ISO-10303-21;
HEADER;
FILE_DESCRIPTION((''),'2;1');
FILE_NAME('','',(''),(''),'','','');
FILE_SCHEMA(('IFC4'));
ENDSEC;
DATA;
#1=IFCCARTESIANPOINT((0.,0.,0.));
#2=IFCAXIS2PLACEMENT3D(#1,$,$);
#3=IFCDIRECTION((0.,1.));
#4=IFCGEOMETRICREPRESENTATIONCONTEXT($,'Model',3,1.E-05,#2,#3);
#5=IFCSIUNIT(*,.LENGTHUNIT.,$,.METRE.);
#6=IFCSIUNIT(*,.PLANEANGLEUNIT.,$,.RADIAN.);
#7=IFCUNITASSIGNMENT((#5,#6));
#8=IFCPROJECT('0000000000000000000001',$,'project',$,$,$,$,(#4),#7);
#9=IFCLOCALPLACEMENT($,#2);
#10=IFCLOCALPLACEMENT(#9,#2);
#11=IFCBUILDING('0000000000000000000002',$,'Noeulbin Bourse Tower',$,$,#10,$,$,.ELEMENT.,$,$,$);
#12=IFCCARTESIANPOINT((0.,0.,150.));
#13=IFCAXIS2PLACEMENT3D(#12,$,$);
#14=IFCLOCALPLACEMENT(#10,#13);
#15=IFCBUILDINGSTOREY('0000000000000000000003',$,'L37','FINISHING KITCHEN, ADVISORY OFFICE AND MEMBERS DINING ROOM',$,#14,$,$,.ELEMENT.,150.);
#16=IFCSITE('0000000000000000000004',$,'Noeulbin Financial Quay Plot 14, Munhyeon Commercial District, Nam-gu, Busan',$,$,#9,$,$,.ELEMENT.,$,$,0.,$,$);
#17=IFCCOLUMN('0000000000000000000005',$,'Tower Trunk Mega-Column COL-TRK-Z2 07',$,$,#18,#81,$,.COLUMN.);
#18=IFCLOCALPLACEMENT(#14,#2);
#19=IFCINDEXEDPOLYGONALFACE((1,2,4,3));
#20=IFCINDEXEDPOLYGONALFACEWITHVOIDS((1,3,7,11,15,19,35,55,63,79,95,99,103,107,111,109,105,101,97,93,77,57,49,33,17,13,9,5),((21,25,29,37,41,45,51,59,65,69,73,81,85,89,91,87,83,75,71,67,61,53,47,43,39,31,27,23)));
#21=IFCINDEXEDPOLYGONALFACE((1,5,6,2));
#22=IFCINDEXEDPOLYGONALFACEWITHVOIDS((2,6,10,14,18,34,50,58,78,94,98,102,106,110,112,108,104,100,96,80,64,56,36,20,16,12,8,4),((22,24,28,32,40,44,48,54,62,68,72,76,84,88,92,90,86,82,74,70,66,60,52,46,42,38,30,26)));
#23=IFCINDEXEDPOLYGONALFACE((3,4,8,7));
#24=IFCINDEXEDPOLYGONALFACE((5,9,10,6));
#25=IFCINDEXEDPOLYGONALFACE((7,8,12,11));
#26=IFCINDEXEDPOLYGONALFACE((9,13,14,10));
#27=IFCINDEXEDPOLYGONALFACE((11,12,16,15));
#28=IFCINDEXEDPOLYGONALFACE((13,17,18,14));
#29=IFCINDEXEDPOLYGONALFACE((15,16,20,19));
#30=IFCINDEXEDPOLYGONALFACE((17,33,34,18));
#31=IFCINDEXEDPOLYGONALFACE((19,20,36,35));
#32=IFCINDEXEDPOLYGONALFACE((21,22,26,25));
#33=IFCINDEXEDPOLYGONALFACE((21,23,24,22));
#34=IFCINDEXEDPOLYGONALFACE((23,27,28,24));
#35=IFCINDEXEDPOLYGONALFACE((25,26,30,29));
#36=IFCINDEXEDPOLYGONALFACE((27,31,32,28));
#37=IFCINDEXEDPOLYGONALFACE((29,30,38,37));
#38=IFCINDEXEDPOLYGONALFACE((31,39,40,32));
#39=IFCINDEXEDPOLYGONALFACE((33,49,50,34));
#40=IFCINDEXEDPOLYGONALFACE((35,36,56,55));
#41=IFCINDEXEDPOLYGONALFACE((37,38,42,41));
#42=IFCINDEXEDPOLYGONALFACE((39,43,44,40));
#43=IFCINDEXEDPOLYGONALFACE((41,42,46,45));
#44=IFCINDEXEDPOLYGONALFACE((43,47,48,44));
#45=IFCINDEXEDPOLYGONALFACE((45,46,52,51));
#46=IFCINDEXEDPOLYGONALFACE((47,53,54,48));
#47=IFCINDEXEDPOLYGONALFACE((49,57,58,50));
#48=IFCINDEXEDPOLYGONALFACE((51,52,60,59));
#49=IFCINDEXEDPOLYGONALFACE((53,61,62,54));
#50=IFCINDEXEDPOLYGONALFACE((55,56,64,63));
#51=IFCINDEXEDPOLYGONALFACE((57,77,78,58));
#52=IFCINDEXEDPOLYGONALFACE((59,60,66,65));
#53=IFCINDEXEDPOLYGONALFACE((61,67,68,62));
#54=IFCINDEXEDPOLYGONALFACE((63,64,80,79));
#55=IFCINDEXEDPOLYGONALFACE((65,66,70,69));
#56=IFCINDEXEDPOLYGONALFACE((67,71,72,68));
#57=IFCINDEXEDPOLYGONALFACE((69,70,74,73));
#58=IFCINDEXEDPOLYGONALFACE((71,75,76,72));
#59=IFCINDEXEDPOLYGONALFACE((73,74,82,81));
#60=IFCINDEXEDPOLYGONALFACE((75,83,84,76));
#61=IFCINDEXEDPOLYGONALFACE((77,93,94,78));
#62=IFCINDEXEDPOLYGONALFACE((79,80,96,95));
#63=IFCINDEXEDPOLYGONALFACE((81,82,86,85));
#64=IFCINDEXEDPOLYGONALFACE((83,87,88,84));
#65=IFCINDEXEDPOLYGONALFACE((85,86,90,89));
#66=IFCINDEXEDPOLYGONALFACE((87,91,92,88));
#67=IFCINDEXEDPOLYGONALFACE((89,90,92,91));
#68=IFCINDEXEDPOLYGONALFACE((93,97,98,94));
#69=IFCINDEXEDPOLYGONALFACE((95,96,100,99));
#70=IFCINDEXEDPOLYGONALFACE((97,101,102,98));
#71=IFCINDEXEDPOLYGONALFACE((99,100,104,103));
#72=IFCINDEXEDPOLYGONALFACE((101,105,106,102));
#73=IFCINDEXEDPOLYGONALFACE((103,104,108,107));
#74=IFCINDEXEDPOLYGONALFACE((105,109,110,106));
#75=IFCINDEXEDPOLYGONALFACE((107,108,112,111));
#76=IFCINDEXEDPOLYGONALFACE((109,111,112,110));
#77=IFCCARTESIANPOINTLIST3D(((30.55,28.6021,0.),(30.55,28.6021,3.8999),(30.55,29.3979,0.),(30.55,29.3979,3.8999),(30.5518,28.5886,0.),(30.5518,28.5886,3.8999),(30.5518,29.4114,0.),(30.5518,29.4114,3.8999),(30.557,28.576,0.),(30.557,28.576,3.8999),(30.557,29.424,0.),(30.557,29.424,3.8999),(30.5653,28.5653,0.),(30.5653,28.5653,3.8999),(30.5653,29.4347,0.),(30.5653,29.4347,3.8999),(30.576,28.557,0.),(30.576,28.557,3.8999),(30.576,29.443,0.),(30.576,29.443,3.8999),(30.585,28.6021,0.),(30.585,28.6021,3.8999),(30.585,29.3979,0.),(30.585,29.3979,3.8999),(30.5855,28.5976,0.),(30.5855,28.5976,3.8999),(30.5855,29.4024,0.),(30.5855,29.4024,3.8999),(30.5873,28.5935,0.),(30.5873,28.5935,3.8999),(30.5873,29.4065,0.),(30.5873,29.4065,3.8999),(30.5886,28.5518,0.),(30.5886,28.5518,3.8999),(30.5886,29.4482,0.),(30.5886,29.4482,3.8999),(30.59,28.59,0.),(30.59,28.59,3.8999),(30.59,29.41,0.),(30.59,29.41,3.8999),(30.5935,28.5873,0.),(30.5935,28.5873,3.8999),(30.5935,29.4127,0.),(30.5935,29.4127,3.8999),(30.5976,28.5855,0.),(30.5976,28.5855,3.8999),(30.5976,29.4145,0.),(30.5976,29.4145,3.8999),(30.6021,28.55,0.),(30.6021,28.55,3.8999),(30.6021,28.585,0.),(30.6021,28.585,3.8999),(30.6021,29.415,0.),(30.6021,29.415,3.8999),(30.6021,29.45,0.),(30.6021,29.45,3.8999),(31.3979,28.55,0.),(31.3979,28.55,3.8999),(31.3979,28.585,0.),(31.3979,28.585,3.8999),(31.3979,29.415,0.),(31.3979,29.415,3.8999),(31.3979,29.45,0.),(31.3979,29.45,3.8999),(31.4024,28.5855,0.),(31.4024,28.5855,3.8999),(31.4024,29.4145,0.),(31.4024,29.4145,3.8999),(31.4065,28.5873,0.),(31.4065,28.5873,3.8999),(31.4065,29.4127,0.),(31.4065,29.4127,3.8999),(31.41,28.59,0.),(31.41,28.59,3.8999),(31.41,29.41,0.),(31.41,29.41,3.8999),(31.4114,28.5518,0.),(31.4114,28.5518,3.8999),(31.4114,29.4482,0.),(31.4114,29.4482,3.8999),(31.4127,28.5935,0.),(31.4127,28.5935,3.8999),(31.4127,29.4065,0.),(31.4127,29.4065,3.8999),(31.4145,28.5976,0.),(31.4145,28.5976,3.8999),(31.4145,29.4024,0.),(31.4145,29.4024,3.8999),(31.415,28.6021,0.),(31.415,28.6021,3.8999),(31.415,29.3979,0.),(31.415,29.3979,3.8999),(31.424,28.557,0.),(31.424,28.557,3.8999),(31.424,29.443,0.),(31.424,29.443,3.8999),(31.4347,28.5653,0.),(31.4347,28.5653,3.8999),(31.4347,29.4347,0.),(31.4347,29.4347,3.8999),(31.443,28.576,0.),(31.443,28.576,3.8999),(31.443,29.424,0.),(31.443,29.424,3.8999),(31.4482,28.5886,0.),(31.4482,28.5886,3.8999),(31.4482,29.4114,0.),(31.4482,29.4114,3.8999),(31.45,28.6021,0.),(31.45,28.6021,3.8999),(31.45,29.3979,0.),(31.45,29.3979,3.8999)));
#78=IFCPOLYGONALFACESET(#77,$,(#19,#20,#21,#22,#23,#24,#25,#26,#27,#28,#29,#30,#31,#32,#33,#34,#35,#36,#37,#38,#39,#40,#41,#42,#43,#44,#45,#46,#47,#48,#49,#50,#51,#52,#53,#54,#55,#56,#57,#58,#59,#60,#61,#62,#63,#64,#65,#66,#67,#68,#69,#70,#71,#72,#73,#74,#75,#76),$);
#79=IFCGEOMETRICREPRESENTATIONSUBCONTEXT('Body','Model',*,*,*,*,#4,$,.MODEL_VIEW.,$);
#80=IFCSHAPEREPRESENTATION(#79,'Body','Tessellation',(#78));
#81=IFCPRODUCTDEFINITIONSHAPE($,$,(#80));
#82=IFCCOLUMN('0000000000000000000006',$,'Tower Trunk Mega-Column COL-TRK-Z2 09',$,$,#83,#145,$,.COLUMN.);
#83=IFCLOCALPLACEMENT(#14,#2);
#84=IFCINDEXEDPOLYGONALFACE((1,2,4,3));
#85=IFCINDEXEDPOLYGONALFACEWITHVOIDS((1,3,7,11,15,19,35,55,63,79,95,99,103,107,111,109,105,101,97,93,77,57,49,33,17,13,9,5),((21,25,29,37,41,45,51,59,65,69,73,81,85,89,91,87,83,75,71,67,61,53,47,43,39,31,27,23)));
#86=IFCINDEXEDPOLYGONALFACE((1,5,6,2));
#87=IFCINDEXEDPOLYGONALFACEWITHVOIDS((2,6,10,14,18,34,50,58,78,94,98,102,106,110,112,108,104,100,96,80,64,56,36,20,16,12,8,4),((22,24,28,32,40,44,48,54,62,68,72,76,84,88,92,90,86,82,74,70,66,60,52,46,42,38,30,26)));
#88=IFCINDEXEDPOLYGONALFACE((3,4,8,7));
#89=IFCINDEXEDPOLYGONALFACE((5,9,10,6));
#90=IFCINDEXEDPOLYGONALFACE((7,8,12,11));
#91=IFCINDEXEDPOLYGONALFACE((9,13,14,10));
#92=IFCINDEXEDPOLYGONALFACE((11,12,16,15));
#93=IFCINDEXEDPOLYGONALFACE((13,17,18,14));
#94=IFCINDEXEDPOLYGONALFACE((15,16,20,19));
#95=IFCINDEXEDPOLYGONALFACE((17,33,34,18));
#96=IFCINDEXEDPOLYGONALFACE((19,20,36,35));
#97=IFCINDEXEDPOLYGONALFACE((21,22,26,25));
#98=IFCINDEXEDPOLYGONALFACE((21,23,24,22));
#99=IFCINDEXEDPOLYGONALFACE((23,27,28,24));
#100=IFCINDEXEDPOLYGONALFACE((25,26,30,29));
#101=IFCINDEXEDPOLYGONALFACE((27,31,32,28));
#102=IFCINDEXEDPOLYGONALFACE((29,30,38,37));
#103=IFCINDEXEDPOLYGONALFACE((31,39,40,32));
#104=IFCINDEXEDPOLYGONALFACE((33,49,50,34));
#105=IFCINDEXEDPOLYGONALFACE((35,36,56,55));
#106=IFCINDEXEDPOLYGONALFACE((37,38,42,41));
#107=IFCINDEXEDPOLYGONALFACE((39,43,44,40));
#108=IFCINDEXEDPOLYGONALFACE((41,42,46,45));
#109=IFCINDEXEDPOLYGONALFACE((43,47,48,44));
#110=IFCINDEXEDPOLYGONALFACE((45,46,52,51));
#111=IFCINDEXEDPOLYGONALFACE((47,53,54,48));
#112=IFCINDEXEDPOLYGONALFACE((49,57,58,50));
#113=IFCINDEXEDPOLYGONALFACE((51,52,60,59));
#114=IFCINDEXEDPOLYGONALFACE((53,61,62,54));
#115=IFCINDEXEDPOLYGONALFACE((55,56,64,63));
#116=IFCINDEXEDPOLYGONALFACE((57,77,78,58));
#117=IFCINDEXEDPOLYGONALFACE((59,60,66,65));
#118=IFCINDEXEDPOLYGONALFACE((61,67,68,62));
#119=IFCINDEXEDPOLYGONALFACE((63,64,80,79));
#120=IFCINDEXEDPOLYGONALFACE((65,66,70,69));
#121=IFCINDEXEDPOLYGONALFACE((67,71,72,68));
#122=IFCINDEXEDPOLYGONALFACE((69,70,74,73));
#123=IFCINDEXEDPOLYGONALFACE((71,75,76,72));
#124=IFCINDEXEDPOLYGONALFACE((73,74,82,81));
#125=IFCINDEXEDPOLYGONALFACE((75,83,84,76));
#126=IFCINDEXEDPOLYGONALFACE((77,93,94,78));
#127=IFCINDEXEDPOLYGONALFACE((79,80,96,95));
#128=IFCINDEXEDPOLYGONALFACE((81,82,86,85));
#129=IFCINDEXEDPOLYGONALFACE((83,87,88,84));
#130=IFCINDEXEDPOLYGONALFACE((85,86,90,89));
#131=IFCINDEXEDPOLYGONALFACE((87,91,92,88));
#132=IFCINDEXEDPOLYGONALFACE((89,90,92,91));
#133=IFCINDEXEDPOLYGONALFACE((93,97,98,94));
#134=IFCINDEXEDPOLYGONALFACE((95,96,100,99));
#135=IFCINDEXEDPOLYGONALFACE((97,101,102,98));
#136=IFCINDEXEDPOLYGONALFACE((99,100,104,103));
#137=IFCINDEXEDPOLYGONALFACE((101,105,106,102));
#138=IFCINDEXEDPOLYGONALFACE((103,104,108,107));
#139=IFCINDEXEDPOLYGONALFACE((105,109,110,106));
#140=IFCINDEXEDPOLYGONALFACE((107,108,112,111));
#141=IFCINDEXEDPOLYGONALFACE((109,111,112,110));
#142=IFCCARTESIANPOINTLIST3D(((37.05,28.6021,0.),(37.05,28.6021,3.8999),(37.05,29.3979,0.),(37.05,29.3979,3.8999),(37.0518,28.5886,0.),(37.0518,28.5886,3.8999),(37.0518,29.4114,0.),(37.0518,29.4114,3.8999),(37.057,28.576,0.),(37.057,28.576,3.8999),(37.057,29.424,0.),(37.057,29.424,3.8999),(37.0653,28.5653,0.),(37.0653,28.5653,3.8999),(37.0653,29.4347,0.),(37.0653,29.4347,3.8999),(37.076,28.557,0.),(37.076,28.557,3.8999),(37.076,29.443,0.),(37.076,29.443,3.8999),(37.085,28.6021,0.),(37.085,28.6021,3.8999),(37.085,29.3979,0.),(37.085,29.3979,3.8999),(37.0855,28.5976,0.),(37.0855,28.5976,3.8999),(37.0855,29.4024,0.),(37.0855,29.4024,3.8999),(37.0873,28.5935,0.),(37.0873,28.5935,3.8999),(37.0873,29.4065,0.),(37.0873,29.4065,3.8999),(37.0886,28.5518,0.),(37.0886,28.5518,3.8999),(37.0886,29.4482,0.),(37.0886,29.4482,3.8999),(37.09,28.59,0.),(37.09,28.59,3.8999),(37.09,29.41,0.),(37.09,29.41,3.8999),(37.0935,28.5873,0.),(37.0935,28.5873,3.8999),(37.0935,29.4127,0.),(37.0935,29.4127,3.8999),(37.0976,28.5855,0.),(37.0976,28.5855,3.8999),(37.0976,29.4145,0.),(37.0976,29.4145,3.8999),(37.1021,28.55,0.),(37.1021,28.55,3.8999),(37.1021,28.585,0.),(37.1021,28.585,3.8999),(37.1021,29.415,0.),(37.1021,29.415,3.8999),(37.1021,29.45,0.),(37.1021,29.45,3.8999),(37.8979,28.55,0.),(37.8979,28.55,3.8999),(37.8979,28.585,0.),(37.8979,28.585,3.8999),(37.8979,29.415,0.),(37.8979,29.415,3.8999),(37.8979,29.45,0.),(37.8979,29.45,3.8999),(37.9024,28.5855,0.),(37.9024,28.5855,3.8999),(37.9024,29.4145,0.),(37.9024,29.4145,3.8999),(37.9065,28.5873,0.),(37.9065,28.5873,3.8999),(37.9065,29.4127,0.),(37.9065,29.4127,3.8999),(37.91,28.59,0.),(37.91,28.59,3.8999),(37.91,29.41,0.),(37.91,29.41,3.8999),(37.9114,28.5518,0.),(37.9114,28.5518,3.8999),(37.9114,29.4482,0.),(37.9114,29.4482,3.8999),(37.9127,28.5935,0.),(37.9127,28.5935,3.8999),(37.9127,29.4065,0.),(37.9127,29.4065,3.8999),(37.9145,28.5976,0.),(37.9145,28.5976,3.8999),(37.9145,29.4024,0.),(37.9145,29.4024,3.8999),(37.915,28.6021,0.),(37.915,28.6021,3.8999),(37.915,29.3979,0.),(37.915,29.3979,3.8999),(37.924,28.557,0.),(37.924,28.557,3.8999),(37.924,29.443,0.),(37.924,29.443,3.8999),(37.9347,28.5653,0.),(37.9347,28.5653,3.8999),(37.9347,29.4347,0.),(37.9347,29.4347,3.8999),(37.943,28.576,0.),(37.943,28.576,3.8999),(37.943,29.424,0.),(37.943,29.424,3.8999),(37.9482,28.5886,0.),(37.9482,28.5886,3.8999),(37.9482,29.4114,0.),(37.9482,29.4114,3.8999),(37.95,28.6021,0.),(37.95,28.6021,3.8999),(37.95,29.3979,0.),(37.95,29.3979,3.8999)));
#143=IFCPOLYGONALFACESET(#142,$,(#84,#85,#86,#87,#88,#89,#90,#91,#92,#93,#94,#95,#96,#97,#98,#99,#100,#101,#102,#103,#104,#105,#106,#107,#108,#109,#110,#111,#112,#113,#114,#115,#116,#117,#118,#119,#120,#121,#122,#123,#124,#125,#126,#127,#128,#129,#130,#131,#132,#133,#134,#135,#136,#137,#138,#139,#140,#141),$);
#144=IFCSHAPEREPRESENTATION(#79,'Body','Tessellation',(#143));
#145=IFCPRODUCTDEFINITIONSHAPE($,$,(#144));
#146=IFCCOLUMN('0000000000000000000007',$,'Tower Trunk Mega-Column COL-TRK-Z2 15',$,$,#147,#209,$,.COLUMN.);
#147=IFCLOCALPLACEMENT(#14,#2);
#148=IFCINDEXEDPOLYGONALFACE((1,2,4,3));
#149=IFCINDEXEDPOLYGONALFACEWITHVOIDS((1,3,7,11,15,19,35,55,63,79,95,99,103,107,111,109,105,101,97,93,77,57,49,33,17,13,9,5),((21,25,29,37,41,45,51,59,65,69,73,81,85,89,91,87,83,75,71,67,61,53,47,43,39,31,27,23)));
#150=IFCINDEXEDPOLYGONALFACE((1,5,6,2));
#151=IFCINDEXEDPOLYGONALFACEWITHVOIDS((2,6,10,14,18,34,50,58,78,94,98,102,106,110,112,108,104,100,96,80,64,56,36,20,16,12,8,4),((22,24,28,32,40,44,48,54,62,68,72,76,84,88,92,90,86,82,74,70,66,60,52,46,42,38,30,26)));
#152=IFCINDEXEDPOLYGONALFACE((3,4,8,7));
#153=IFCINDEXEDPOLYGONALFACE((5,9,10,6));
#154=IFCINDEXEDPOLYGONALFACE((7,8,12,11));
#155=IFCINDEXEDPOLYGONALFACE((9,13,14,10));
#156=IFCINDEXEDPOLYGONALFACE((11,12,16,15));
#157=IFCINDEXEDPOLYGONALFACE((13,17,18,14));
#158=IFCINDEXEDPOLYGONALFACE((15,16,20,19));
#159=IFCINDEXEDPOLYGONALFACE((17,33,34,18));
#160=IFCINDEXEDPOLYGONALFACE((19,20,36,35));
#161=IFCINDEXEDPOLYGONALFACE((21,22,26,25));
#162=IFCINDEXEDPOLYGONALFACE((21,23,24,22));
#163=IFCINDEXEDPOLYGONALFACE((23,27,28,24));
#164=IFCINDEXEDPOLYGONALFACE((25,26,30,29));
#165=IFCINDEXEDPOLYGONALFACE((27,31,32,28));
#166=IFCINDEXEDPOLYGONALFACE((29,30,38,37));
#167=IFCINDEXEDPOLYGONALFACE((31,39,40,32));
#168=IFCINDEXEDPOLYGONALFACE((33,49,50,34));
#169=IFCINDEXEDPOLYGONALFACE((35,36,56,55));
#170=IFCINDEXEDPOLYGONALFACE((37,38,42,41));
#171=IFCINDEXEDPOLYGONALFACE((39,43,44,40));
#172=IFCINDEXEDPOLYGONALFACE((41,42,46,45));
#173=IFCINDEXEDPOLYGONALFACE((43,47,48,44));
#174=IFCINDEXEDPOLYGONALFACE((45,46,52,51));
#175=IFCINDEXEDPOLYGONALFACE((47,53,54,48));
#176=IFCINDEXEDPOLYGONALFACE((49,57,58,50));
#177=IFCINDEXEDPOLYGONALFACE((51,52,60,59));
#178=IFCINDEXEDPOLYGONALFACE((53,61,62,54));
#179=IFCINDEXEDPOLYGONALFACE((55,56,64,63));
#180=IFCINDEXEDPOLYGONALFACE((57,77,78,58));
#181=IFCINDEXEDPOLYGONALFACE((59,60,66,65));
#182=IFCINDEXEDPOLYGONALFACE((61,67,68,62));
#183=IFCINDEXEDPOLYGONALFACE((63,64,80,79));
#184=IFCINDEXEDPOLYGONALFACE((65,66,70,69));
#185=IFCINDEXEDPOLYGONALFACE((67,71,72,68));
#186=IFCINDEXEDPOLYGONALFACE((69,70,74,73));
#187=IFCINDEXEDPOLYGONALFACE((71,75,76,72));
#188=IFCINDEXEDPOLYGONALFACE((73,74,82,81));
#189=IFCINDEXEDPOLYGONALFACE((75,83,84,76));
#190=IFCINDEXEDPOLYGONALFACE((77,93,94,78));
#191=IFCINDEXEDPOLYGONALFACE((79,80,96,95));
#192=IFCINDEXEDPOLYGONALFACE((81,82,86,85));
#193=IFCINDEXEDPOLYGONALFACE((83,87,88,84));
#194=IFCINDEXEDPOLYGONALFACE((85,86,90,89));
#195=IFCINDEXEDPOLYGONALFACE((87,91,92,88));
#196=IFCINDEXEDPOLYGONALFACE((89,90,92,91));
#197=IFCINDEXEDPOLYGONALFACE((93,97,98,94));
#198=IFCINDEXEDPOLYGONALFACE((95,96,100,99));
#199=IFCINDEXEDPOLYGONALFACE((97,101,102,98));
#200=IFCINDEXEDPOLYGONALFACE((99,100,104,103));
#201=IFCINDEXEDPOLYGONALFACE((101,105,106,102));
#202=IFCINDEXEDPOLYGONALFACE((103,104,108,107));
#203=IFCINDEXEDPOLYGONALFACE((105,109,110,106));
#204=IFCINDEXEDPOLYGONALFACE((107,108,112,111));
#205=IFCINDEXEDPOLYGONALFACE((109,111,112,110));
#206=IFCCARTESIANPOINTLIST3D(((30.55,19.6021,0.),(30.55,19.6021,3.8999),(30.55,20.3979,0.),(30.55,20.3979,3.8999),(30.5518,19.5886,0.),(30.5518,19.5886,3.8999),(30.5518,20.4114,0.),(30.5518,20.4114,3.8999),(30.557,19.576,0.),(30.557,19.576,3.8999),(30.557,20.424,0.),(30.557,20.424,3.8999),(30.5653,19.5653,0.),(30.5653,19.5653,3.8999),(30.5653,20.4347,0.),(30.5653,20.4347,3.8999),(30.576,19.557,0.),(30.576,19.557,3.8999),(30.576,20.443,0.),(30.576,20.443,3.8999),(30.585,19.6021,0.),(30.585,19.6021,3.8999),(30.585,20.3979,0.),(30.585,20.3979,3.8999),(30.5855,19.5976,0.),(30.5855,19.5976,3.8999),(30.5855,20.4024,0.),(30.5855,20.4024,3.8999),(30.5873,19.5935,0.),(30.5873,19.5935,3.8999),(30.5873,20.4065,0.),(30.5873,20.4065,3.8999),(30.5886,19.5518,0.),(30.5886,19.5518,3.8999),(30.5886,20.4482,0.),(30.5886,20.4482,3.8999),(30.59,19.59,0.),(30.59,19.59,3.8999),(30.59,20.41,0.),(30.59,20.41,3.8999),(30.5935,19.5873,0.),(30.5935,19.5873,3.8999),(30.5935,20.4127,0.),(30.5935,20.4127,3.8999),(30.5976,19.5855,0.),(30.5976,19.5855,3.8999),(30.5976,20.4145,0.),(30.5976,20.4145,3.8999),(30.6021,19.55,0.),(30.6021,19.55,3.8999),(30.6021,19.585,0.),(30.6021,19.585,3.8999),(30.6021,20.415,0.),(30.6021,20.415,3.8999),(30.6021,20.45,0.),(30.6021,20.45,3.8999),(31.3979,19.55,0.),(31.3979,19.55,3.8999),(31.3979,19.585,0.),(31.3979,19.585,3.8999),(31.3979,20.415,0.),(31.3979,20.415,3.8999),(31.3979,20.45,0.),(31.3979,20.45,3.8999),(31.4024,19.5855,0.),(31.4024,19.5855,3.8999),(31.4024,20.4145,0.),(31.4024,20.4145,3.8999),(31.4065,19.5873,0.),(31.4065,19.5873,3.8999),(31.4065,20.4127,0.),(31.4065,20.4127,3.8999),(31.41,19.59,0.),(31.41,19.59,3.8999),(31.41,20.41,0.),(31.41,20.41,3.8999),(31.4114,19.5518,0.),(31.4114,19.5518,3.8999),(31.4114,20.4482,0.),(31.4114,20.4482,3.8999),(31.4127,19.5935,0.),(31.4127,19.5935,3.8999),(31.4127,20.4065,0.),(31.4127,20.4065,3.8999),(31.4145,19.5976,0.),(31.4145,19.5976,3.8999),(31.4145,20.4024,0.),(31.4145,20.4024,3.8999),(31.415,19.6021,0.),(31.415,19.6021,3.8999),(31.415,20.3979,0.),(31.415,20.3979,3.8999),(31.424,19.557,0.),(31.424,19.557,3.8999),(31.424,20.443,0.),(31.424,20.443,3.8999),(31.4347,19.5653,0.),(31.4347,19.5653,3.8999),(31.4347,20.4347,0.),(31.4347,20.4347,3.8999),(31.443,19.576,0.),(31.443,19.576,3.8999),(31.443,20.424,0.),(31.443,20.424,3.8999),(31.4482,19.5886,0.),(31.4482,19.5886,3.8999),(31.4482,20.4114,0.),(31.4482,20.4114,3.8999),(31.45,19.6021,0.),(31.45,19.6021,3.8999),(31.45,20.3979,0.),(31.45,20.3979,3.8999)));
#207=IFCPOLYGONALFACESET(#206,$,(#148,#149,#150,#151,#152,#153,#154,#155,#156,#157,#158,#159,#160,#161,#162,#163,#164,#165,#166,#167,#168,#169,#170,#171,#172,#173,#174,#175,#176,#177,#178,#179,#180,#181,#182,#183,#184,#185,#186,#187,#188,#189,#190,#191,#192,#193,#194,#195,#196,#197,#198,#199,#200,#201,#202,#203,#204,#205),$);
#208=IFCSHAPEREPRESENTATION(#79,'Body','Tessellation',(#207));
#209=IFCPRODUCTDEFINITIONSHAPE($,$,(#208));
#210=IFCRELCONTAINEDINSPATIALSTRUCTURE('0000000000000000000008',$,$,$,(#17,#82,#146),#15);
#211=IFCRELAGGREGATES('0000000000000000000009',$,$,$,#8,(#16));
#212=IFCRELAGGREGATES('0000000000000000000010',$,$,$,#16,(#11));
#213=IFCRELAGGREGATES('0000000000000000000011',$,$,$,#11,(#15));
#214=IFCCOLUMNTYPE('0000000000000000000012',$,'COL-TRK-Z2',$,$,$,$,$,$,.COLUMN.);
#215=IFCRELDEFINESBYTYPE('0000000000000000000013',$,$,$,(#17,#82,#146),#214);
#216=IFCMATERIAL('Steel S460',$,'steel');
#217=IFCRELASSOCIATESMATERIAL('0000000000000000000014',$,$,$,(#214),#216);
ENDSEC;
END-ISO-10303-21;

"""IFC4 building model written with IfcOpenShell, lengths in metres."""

from ifc_helpers import new_model, si_unit, direction, frame, origin, origin_2d, place, context, subcontext, project, spatial, hollow_rectangle, extrude, material, material_profile, profile_set, type_object, element, save


model = new_model("IFC4")

# Units and contexts
model_context = context("Model", 3, precision=1e-05, world=origin(), true_north=direction((0.0, 1.0)))
body_context = subcontext(model_context, "Body", "Model", "MODEL_VIEW")
ifc_project = project(units=[si_unit("LENGTHUNIT", "METRE"), si_unit("PLANEANGLEUNIT", "RADIAN")], contexts=[model_context])

# Site, building, storey
site_placement = place(None, origin())
site = spatial("IfcSite", under=ifc_project, at=site_placement, Name="Noeulbin Financial Quay Plot 14, Munhyeon Commercial District, Nam-gu, Busan", CompositionType="ELEMENT", RefElevation=0.0)
building_placement = place(site_placement, origin())
building = spatial("IfcBuilding", under=site, at=building_placement, Name="Noeulbin Bourse Tower", CompositionType="ELEMENT")
storey_placement = place(building_placement, frame((0.0, 0.0, 150.0)))
storey = spatial("IfcBuildingStorey", under=building, at=storey_placement, Name="L37", Description="FINISHING KITCHEN, ADVISORY OFFICE AND MEMBERS DINING ROOM", CompositionType="ELEMENT", Elevation=150.0)

# Columns
ifc_material_1 = material(Name="Steel S460", Category="steel")
ifc_material_profile_1 = material_profile(ifc_material_1, hollow_rectangle(XDim=0.8999, YDim=0.8999, WallThickness=0.0349, InnerFilletRadius=0.0171, OuterFilletRadius=0.052, at=origin_2d()), Name="BOX-900x900x35", Category="LoadBearing")
ifc_profile_set_1 = profile_set([ifc_material_profile_1], Name="Steel S460")
column_type = type_object("IfcColumnType", Name="COL-TRK-Z2", PredefinedType="COLUMN", material=ifc_profile_set_1)
for number, where, z_axis, x_axis, name in (
    (1, (31.0, 29.0, 0.0), (0.0, 0.0, 1.0), (1.0, 0.0, 0.0), "Tower Trunk Mega-Column COL-TRK-Z2 07"),
    (2, (37.5, 29.0, 0.0), (0.0, 0.0, 1.0), (1.0, 0.0, 0.0), "Tower Trunk Mega-Column COL-TRK-Z2 09"),
    (3, (31.0, 20.0, 0.0), (0.0, 0.0, 1.0), (1.0, 0.0, 0.0), "Tower Trunk Mega-Column COL-TRK-Z2 15"),
):
    element("IfcColumn", number, at=place(storey_placement, frame(where, z_axis=z_axis, x_axis=x_axis)), inside=storey, type_object=column_type, Name=name, PredefinedType="COLUMN", context=body_context, shape_type="SweptSolid", body=[
        extrude(hollow_rectangle(XDim=0.8999, YDim=0.8999, WallThickness=0.0349, InnerFilletRadius=0.0171, OuterFilletRadius=0.052, at=origin_2d()), origin(), (0.0, 0.0, 1.0), 3.8999),
    ])

save(model, "model.ifc")
